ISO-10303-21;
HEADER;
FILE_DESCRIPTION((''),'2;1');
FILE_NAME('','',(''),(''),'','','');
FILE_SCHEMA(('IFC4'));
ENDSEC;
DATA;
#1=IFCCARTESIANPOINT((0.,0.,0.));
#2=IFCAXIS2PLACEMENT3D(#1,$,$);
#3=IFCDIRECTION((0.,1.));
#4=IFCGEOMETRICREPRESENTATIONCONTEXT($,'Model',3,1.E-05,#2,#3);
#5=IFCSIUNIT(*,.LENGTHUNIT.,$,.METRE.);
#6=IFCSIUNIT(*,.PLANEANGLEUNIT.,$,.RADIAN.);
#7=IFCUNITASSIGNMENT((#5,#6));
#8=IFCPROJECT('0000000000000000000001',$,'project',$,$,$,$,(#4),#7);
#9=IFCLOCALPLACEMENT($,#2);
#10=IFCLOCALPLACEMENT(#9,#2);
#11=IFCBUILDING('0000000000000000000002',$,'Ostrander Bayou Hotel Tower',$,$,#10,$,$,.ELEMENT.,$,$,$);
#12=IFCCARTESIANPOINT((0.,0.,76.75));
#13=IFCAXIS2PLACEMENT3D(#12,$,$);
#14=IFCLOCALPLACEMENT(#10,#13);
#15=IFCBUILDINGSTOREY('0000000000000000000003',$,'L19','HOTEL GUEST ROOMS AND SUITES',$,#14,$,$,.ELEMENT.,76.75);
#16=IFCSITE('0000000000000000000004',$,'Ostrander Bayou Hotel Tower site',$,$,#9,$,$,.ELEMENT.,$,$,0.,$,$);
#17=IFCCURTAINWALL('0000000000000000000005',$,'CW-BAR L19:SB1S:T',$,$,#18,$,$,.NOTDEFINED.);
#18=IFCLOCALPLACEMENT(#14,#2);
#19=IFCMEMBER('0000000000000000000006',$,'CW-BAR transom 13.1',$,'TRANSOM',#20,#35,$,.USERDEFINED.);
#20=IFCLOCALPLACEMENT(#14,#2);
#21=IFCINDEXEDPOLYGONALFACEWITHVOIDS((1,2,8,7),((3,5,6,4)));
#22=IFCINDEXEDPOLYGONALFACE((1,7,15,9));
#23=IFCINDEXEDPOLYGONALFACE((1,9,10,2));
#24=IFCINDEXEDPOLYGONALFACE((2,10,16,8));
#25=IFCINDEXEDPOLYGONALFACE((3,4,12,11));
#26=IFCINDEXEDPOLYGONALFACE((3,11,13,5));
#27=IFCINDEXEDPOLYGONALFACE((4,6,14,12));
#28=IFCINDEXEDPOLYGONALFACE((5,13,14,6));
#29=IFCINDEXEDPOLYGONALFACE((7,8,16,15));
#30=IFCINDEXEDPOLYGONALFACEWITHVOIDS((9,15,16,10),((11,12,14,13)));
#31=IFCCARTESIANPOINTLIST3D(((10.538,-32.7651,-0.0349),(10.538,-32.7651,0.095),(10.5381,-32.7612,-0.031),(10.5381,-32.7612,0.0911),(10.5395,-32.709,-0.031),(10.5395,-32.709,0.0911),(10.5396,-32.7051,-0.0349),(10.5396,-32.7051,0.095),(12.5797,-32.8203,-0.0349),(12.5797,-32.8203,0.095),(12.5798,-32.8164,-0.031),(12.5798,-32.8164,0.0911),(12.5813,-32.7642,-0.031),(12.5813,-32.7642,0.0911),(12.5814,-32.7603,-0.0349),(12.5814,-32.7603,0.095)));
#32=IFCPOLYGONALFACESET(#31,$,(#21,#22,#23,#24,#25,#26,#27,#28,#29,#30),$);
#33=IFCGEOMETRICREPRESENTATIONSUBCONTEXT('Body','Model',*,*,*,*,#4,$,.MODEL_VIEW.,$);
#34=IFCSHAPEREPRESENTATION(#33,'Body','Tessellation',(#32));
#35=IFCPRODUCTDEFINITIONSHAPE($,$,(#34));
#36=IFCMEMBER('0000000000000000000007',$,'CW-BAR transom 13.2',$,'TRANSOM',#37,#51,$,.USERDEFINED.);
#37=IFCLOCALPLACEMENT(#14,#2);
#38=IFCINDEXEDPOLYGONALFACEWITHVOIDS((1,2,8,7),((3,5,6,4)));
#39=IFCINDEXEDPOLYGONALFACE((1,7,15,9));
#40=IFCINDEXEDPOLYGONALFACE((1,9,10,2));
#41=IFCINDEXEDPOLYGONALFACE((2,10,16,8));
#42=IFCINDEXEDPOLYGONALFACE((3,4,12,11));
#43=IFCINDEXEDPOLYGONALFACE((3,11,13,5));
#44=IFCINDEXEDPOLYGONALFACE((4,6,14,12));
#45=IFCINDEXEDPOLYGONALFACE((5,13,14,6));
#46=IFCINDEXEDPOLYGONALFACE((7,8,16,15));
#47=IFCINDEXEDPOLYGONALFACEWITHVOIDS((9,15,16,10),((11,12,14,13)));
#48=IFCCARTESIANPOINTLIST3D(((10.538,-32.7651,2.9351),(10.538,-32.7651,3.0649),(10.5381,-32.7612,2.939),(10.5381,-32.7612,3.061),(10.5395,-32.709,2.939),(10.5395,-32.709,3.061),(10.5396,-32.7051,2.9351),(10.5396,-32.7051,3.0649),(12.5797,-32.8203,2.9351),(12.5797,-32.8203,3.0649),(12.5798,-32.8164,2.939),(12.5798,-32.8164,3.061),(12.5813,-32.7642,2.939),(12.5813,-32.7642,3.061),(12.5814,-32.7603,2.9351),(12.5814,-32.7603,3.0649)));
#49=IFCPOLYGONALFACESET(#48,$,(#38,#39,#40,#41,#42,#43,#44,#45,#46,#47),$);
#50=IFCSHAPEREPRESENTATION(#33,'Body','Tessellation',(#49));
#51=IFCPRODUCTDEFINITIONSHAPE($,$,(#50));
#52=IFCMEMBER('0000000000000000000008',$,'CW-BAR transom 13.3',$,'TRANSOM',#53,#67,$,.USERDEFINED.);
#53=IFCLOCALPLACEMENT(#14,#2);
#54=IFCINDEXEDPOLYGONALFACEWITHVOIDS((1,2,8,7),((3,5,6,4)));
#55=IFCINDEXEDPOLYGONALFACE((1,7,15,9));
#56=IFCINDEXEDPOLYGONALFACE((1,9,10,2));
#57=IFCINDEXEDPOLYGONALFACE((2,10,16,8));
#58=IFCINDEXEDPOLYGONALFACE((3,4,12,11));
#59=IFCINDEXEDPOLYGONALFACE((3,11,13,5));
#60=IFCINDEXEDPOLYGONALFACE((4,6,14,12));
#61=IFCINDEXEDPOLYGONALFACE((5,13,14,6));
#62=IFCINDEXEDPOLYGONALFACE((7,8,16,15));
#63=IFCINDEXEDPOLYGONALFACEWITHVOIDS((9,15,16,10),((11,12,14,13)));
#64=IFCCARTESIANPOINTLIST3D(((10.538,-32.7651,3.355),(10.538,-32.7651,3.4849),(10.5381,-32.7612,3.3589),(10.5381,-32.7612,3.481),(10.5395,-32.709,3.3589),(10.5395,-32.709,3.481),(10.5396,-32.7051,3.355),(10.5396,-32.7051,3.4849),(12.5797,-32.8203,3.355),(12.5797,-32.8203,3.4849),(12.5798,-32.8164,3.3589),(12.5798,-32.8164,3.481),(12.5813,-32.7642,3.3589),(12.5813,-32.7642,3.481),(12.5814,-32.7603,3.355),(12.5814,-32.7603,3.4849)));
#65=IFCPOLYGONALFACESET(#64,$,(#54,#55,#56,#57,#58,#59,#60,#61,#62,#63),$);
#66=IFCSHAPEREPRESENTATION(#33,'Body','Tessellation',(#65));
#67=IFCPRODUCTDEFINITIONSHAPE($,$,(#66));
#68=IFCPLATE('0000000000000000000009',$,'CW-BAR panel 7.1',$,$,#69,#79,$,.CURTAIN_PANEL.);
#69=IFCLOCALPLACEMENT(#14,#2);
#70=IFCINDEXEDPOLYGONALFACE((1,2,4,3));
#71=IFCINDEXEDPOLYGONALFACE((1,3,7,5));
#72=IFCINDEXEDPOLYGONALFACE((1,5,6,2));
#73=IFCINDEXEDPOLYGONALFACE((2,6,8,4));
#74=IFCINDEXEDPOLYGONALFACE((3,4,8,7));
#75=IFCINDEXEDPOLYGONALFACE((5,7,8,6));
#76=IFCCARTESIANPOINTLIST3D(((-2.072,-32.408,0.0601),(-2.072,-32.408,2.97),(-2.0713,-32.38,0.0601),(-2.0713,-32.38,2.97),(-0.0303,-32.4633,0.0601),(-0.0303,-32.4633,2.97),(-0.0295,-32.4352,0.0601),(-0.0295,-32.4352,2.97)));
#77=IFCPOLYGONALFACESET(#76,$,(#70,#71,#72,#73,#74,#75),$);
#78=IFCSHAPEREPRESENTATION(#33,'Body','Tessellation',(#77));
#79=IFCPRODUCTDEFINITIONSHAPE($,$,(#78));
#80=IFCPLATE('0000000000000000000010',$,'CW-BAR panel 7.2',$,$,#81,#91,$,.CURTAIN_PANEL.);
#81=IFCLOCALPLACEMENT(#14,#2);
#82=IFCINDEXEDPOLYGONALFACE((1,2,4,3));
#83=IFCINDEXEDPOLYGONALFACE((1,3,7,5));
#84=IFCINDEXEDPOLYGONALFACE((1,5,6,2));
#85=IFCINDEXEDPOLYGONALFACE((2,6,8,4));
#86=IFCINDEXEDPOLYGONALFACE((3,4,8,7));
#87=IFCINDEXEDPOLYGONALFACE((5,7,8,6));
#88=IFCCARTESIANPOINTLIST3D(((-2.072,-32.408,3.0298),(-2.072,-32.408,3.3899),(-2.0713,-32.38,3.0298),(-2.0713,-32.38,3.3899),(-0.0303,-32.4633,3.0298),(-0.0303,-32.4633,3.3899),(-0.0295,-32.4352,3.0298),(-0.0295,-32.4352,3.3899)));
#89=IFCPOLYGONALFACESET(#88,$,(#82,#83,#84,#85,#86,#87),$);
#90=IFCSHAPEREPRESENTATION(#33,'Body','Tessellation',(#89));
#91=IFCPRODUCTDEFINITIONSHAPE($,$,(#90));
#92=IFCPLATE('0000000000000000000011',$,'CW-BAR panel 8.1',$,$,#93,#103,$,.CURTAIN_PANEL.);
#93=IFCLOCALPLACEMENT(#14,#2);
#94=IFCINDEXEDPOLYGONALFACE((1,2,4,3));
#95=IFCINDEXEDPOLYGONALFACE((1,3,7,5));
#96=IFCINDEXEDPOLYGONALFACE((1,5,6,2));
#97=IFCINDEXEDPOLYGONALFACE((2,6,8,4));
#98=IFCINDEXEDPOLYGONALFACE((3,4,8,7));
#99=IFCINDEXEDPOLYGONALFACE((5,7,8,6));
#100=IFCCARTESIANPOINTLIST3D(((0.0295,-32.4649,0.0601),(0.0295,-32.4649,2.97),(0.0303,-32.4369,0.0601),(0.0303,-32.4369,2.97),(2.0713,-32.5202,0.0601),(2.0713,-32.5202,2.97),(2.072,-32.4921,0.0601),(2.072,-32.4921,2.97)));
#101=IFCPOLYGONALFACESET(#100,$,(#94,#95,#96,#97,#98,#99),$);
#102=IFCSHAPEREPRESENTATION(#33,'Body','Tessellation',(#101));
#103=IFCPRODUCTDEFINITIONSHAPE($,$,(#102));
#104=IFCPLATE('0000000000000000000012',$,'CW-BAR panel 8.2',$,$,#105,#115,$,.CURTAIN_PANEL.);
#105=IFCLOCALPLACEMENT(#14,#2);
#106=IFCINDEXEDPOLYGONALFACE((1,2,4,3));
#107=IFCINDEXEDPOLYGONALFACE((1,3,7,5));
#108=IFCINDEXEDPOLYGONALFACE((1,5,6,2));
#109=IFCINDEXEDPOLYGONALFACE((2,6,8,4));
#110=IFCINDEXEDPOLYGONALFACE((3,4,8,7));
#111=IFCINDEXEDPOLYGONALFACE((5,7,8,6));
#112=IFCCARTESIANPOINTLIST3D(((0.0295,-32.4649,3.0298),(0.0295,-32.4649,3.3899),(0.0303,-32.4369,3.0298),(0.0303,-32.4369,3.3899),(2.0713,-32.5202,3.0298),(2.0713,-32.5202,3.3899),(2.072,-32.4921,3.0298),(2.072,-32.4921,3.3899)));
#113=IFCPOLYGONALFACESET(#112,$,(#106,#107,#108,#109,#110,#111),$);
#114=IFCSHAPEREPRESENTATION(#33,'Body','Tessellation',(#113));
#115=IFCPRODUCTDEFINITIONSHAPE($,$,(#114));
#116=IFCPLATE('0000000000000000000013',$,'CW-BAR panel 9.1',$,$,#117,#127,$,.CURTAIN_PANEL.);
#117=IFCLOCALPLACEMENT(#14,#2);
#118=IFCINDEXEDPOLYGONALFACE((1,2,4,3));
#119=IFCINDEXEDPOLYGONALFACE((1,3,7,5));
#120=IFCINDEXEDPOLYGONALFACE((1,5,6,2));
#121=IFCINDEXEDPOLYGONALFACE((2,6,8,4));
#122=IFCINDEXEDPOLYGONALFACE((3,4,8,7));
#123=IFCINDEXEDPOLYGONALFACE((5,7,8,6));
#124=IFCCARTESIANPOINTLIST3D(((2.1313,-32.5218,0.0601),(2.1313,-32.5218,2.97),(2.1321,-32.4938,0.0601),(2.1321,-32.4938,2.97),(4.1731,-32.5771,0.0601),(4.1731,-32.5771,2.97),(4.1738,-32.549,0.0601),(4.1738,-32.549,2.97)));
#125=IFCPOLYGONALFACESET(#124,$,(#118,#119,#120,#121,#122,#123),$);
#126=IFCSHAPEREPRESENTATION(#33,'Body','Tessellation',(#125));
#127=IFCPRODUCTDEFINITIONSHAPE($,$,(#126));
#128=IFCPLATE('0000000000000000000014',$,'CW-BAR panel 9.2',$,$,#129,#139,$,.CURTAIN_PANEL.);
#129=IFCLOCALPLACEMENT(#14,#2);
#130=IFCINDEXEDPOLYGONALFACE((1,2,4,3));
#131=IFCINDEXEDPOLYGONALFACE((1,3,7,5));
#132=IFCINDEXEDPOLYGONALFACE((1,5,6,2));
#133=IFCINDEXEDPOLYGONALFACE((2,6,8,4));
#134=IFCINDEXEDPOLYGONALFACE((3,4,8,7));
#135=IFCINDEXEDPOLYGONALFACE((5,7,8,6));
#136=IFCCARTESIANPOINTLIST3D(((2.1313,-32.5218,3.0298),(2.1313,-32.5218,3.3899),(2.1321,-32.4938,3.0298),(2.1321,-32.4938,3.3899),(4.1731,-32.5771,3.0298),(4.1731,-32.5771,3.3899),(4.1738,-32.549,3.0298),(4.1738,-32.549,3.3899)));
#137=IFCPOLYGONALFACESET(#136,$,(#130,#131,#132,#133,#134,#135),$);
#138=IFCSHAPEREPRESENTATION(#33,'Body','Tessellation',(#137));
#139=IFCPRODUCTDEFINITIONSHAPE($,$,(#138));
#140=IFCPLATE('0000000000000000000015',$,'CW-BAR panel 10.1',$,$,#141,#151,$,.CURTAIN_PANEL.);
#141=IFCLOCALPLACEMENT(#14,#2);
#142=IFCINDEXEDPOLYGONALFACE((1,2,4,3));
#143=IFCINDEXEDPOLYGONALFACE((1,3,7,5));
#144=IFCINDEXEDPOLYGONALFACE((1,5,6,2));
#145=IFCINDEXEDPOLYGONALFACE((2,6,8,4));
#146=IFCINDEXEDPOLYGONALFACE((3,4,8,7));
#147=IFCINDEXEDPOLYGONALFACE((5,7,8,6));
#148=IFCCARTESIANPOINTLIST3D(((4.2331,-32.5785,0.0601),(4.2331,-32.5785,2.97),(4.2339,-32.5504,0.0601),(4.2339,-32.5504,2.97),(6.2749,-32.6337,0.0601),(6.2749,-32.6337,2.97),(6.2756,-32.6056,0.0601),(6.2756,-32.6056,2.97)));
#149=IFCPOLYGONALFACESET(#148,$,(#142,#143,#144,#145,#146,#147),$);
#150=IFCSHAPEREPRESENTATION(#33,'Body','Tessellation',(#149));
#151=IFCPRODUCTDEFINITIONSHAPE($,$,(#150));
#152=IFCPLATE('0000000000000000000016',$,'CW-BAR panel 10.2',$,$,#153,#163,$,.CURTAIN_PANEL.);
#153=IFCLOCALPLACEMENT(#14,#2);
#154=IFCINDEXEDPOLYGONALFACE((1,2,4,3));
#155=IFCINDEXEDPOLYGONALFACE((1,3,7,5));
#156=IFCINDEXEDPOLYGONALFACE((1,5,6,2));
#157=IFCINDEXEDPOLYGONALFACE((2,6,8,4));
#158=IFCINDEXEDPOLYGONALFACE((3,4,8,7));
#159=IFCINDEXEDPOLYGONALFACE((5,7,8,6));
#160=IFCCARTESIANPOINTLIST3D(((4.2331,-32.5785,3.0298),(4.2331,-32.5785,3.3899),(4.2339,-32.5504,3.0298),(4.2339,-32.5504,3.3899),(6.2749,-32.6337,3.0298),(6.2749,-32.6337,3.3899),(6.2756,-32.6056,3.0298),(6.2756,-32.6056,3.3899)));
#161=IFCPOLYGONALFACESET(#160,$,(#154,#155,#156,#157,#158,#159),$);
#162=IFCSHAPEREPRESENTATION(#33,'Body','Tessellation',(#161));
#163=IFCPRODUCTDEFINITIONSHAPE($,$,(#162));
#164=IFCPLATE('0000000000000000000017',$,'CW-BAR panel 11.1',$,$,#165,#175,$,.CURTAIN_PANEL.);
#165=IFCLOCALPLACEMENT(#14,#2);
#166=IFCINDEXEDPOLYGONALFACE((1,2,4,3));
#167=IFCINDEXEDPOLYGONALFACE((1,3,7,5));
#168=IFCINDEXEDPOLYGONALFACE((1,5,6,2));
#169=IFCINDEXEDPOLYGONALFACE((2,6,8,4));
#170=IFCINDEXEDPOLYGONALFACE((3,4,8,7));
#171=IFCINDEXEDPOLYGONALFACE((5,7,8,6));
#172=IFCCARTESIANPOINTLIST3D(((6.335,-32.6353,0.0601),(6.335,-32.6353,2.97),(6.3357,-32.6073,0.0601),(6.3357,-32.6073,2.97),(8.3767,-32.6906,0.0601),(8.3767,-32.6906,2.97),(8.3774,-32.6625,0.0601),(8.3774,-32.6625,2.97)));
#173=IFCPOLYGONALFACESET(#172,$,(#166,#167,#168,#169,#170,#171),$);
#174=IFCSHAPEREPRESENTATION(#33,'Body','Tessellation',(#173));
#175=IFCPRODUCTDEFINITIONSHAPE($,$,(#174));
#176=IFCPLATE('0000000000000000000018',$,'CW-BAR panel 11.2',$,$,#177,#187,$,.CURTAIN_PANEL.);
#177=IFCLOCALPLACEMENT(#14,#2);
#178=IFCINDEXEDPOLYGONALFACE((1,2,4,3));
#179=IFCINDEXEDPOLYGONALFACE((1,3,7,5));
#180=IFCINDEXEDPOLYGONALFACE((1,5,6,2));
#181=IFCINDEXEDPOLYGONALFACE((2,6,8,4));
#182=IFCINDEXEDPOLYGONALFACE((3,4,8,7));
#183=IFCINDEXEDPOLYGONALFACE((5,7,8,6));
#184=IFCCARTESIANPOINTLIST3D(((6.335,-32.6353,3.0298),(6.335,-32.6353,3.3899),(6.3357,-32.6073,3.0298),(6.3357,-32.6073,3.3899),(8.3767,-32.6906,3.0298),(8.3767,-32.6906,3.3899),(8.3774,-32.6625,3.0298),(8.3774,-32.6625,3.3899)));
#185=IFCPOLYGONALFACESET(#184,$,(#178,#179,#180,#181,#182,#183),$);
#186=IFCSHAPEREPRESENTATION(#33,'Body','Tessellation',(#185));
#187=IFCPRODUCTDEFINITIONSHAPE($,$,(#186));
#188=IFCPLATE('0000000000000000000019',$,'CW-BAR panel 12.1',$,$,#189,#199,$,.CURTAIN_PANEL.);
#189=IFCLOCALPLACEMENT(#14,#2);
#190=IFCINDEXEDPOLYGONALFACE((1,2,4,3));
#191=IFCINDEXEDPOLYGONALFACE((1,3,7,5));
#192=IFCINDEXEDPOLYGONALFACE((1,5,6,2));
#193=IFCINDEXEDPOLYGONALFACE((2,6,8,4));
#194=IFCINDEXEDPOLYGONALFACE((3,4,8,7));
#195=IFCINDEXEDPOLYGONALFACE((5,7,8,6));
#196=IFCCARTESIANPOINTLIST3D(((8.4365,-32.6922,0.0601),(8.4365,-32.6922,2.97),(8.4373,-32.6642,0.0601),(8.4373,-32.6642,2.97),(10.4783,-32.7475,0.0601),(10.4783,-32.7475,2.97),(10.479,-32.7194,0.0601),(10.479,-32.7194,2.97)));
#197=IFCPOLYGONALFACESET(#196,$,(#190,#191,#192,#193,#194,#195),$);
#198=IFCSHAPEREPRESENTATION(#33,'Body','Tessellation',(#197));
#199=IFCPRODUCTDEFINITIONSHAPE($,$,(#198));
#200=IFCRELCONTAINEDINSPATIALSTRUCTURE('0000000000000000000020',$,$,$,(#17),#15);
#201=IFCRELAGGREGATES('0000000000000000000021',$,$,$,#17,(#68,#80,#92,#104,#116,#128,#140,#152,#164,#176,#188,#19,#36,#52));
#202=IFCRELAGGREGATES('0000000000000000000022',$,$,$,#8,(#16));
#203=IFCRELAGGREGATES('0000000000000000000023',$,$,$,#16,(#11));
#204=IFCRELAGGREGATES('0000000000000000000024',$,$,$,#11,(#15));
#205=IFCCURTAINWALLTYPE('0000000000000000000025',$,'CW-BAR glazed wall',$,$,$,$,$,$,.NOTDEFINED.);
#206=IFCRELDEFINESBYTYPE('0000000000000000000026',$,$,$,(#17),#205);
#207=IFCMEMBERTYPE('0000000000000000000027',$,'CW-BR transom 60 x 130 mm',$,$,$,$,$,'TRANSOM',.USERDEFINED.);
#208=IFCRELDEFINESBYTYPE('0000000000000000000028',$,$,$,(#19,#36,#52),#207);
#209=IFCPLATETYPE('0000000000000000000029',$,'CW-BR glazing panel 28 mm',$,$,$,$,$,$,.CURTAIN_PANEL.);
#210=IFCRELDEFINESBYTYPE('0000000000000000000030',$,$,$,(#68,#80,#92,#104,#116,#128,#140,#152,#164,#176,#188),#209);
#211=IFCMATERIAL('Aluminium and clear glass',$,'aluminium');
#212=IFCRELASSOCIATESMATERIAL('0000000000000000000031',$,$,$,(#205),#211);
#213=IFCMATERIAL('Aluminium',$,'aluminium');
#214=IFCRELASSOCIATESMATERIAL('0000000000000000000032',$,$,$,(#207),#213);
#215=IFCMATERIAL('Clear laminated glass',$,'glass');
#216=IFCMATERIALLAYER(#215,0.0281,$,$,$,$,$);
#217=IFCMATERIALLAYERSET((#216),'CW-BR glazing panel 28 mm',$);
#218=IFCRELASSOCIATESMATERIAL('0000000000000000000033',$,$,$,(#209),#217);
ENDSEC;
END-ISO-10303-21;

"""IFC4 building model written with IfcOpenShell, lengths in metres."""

from ifc_helpers import new_model, si_unit, direction, frame, origin, origin_2d, place, context, subcontext, project, spatial, rectangle, hollow_rectangle, extrude, material, layer, layer_set, material_profile, profile_set, type_object, element, aggregate, save


model = new_model("IFC4")

# Units and contexts
model_context = context("Model", 3, precision=1e-05, world=origin(), true_north=direction((0.0, 1.0)))
body_context = subcontext(model_context, "Body", "Model", "MODEL_VIEW")
ifc_project = project(units=[si_unit("LENGTHUNIT", "METRE"), si_unit("PLANEANGLEUNIT", "RADIAN")], contexts=[model_context])

# Site, building, storey
site_placement = place(None, origin())
site = spatial("IfcSite", under=ifc_project, at=site_placement, Name="Ostrander Bayou Hotel Tower site", CompositionType="ELEMENT", RefElevation=0.0)
building_placement = place(site_placement, origin())
building = spatial("IfcBuilding", under=site, at=building_placement, Name="Ostrander Bayou Hotel Tower", CompositionType="ELEMENT")
storey_placement = place(building_placement, frame((0.0, 0.0, 76.75)))
storey = spatial("IfcBuildingStorey", under=building, at=storey_placement, Name="L19", Description="HOTEL GUEST ROOMS AND SUITES", CompositionType="ELEMENT", Elevation=76.75)

# Curtain wall, members, plates
ifc_material_1 = material(Name="Aluminium and clear glass", Category="aluminium")
curtain_wall_type = type_object("IfcCurtainWallType", Name="CW-BAR glazed wall", PredefinedType="NOTDEFINED", material=ifc_material_1)
curtain_wall_placement = place(storey_placement, origin())
curtain_wall = element("IfcCurtainWall", 1, at=curtain_wall_placement, inside=storey, type_object=curtain_wall_type, Name="CW-BAR L19:SB1S:T", PredefinedType="NOTDEFINED")
ifc_material_2 = material(Name="Aluminium", Category="aluminium")
ifc_material_profile_1 = material_profile(ifc_material_2, hollow_rectangle(XDim=0.0601, YDim=0.1299, WallThickness=0.0039, at=origin_2d()))
ifc_profile_set_1 = profile_set([ifc_material_profile_1], Name="Aluminium")
member_type_1 = type_object("IfcMemberType", Name="CW-BR transom 60 x 130 mm", ElementType="TRANSOM", PredefinedType="USERDEFINED", material=ifc_profile_set_1)
member_1_placement = place(storey_placement, frame((10.5388, -32.7351, 0.03), z_axis=(0.999635, -0.027014, 0.0), x_axis=(0.027014, 0.999635, 0.0)))
member_1 = element("IfcMember", 2, at=member_1_placement, type_object=member_type_1, Name="CW-BAR transom 13.1", ObjectType="TRANSOM", PredefinedType="USERDEFINED", context=body_context, shape_type="SweptSolid", body=[
    extrude(hollow_rectangle(XDim=0.0601, YDim=0.1299, WallThickness=0.0039, at=origin_2d()), origin(), (0.0, 0.0, 1.0), 2.0425),
])
member_2_placement = place(storey_placement, frame((10.5388, -32.7351, 3.0), z_axis=(0.999635, -0.027014, 0.0), x_axis=(0.027014, 0.999635, 0.0)))
member_2 = element("IfcMember", 3, at=member_2_placement, type_object=member_type_1, Name="CW-BAR transom 13.2", ObjectType="TRANSOM", PredefinedType="USERDEFINED", context=body_context, shape_type="SweptSolid", body=[
    extrude(hollow_rectangle(XDim=0.0601, YDim=0.1299, WallThickness=0.0039, at=origin_2d()), origin(), (0.0, 0.0, 1.0), 2.0425),
])
member_3_placement = place(storey_placement, frame((10.5388, -32.7351, 3.4199), z_axis=(0.999635, -0.027014, 0.0), x_axis=(0.027014, 0.999635, 0.0)))
member_3 = element("IfcMember", 4, at=member_3_placement, type_object=member_type_1, Name="CW-BAR transom 13.3", ObjectType="TRANSOM", PredefinedType="USERDEFINED", context=body_context, shape_type="SweptSolid", body=[
    extrude(hollow_rectangle(XDim=0.0601, YDim=0.1299, WallThickness=0.0039, at=origin_2d()), origin(), (0.0, 0.0, 1.0), 2.0425),
])
ifc_material_3 = material(Name="Clear laminated glass", Category="glass")
ifc_layer_1 = layer(ifc_material_3, 0.0281)
ifc_layer_set_1 = layer_set([ifc_layer_1], Name="CW-BR glazing panel 28 mm")
plate_type = type_object("IfcPlateType", Name="CW-BR glazing panel 28 mm", PredefinedType="CURTAIN_PANEL", material=ifc_layer_set_1)
plate_1_placement = place(storey_placement, frame((-1.0508, -32.4216, 0.0601), z_axis=(0.0, 0.0, 1.0), x_axis=(0.999634, -0.027042, 0.0)))
plate_1 = element("IfcPlate", 5, at=plate_1_placement, type_object=plate_type, Name="CW-BAR panel 7.1", PredefinedType="CURTAIN_PANEL", context=body_context, shape_type="SweptSolid", body=[
    extrude(rectangle(XDim=2.0425, YDim=0.0281, at=origin_2d()), origin(), (0.0, 0.0, 1.0), 2.9099),
])
plate_2_placement = place(storey_placement, frame((-1.0508, -32.4216, 3.0298), z_axis=(0.0, 0.0, 1.0), x_axis=(0.999634, -0.027042, 0.0)))
plate_2 = element("IfcPlate", 6, at=plate_2_placement, type_object=plate_type, Name="CW-BAR panel 7.2", PredefinedType="CURTAIN_PANEL", context=body_context, shape_type="SweptSolid", body=[
    extrude(rectangle(XDim=2.0425, YDim=0.0281, at=origin_2d()), origin(), (0.0, 0.0, 1.0), 0.3601),
])
plate_3_placement = place(storey_placement, frame((1.0508, -32.4785, 0.0601), z_axis=(0.0, 0.0, 1.0), x_axis=(0.999634, -0.027042, 0.0)))
plate_3 = element("IfcPlate", 7, at=plate_3_placement, type_object=plate_type, Name="CW-BAR panel 8.1", PredefinedType="CURTAIN_PANEL", context=body_context, shape_type="SweptSolid", body=[
    extrude(rectangle(XDim=2.0425, YDim=0.0281, at=origin_2d()), origin(), (0.0, 0.0, 1.0), 2.9099),
])
plate_4_placement = place(storey_placement, frame((1.0508, -32.4785, 3.0298), z_axis=(0.0, 0.0, 1.0), x_axis=(0.999634, -0.027042, 0.0)))
plate_4 = element("IfcPlate", 8, at=plate_4_placement, type_object=plate_type, Name="CW-BAR panel 8.2", PredefinedType="CURTAIN_PANEL", context=body_context, shape_type="SweptSolid", body=[
    extrude(rectangle(XDim=2.0425, YDim=0.0281, at=origin_2d()), origin(), (0.0, 0.0, 1.0), 0.3601),
])
plate_5_placement = place(storey_placement, frame((3.1526, -32.5354, 0.0601), z_axis=(0.0, 0.0, 1.0), x_axis=(0.999634, -0.027042, 0.0)))
plate_5 = element("IfcPlate", 9, at=plate_5_placement, type_object=plate_type, Name="CW-BAR panel 9.1", PredefinedType="CURTAIN_PANEL", context=body_context, shape_type="SweptSolid", body=[
    extrude(rectangle(XDim=2.0425, YDim=0.0281, at=origin_2d()), origin(), (0.0, 0.0, 1.0), 2.9099),
])
plate_6_placement = place(storey_placement, frame((3.1526, -32.5354, 3.0298), z_axis=(0.0, 0.0, 1.0), x_axis=(0.999634, -0.027042, 0.0)))
plate_6 = element("IfcPlate", 10, at=plate_6_placement, type_object=plate_type, Name="CW-BAR panel 9.2", PredefinedType="CURTAIN_PANEL", context=body_context, shape_type="SweptSolid", body=[
    extrude(rectangle(XDim=2.0425, YDim=0.0281, at=origin_2d()), origin(), (0.0, 0.0, 1.0), 0.3601),
])
plate_7_placement = place(storey_placement, frame((5.2544, -32.592, 0.0601), z_axis=(0.0, 0.0, 1.0), x_axis=(0.999634, -0.027042, 0.0)))
plate_7 = element("IfcPlate", 11, at=plate_7_placement, type_object=plate_type, Name="CW-BAR panel 10.1", PredefinedType="CURTAIN_PANEL", context=body_context, shape_type="SweptSolid", body=[
    extrude(rectangle(XDim=2.0425, YDim=0.0281, at=origin_2d()), origin(), (0.0, 0.0, 1.0), 2.9099),
])
plate_8_placement = place(storey_placement, frame((5.2544, -32.592, 3.0298), z_axis=(0.0, 0.0, 1.0), x_axis=(0.999634, -0.027042, 0.0)))
plate_8 = element("IfcPlate", 12, at=plate_8_placement, type_object=plate_type, Name="CW-BAR panel 10.2", PredefinedType="CURTAIN_PANEL", context=body_context, shape_type="SweptSolid", body=[
    extrude(rectangle(XDim=2.0425, YDim=0.0281, at=origin_2d()), origin(), (0.0, 0.0, 1.0), 0.3601),
])
plate_9_placement = place(storey_placement, frame((7.3562, -32.6489, 0.0601), z_axis=(0.0, 0.0, 1.0), x_axis=(0.999634, -0.027042, 0.0)))
plate_9 = element("IfcPlate", 13, at=plate_9_placement, type_object=plate_type, Name="CW-BAR panel 11.1", PredefinedType="CURTAIN_PANEL", context=body_context, shape_type="SweptSolid", body=[
    extrude(rectangle(XDim=2.0425, YDim=0.0281, at=origin_2d()), origin(), (0.0, 0.0, 1.0), 2.9099),
])
plate_10_placement = place(storey_placement, frame((7.3562, -32.6489, 3.0298), z_axis=(0.0, 0.0, 1.0), x_axis=(0.999634, -0.027042, 0.0)))
plate_10 = element("IfcPlate", 14, at=plate_10_placement, type_object=plate_type, Name="CW-BAR panel 11.2", PredefinedType="CURTAIN_PANEL", context=body_context, shape_type="SweptSolid", body=[
    extrude(rectangle(XDim=2.0425, YDim=0.0281, at=origin_2d()), origin(), (0.0, 0.0, 1.0), 0.3601),
])
plate_11_placement = place(storey_placement, frame((9.4578, -32.7058, 0.0601), z_axis=(0.0, 0.0, 1.0), x_axis=(0.999634, -0.027042, 0.0)))
plate_11 = element("IfcPlate", 15, at=plate_11_placement, type_object=plate_type, Name="CW-BAR panel 12.1", PredefinedType="CURTAIN_PANEL", context=body_context, shape_type="SweptSolid", body=[
    extrude(rectangle(XDim=2.0425, YDim=0.0281, at=origin_2d()), origin(), (0.0, 0.0, 1.0), 2.9099),
])
aggregate(curtain_wall, [plate_1, plate_2, plate_3, plate_4, plate_5, plate_6, plate_7, plate_8, plate_9, plate_10, plate_11, member_1, member_2, member_3])

save(model, "model.ifc")
